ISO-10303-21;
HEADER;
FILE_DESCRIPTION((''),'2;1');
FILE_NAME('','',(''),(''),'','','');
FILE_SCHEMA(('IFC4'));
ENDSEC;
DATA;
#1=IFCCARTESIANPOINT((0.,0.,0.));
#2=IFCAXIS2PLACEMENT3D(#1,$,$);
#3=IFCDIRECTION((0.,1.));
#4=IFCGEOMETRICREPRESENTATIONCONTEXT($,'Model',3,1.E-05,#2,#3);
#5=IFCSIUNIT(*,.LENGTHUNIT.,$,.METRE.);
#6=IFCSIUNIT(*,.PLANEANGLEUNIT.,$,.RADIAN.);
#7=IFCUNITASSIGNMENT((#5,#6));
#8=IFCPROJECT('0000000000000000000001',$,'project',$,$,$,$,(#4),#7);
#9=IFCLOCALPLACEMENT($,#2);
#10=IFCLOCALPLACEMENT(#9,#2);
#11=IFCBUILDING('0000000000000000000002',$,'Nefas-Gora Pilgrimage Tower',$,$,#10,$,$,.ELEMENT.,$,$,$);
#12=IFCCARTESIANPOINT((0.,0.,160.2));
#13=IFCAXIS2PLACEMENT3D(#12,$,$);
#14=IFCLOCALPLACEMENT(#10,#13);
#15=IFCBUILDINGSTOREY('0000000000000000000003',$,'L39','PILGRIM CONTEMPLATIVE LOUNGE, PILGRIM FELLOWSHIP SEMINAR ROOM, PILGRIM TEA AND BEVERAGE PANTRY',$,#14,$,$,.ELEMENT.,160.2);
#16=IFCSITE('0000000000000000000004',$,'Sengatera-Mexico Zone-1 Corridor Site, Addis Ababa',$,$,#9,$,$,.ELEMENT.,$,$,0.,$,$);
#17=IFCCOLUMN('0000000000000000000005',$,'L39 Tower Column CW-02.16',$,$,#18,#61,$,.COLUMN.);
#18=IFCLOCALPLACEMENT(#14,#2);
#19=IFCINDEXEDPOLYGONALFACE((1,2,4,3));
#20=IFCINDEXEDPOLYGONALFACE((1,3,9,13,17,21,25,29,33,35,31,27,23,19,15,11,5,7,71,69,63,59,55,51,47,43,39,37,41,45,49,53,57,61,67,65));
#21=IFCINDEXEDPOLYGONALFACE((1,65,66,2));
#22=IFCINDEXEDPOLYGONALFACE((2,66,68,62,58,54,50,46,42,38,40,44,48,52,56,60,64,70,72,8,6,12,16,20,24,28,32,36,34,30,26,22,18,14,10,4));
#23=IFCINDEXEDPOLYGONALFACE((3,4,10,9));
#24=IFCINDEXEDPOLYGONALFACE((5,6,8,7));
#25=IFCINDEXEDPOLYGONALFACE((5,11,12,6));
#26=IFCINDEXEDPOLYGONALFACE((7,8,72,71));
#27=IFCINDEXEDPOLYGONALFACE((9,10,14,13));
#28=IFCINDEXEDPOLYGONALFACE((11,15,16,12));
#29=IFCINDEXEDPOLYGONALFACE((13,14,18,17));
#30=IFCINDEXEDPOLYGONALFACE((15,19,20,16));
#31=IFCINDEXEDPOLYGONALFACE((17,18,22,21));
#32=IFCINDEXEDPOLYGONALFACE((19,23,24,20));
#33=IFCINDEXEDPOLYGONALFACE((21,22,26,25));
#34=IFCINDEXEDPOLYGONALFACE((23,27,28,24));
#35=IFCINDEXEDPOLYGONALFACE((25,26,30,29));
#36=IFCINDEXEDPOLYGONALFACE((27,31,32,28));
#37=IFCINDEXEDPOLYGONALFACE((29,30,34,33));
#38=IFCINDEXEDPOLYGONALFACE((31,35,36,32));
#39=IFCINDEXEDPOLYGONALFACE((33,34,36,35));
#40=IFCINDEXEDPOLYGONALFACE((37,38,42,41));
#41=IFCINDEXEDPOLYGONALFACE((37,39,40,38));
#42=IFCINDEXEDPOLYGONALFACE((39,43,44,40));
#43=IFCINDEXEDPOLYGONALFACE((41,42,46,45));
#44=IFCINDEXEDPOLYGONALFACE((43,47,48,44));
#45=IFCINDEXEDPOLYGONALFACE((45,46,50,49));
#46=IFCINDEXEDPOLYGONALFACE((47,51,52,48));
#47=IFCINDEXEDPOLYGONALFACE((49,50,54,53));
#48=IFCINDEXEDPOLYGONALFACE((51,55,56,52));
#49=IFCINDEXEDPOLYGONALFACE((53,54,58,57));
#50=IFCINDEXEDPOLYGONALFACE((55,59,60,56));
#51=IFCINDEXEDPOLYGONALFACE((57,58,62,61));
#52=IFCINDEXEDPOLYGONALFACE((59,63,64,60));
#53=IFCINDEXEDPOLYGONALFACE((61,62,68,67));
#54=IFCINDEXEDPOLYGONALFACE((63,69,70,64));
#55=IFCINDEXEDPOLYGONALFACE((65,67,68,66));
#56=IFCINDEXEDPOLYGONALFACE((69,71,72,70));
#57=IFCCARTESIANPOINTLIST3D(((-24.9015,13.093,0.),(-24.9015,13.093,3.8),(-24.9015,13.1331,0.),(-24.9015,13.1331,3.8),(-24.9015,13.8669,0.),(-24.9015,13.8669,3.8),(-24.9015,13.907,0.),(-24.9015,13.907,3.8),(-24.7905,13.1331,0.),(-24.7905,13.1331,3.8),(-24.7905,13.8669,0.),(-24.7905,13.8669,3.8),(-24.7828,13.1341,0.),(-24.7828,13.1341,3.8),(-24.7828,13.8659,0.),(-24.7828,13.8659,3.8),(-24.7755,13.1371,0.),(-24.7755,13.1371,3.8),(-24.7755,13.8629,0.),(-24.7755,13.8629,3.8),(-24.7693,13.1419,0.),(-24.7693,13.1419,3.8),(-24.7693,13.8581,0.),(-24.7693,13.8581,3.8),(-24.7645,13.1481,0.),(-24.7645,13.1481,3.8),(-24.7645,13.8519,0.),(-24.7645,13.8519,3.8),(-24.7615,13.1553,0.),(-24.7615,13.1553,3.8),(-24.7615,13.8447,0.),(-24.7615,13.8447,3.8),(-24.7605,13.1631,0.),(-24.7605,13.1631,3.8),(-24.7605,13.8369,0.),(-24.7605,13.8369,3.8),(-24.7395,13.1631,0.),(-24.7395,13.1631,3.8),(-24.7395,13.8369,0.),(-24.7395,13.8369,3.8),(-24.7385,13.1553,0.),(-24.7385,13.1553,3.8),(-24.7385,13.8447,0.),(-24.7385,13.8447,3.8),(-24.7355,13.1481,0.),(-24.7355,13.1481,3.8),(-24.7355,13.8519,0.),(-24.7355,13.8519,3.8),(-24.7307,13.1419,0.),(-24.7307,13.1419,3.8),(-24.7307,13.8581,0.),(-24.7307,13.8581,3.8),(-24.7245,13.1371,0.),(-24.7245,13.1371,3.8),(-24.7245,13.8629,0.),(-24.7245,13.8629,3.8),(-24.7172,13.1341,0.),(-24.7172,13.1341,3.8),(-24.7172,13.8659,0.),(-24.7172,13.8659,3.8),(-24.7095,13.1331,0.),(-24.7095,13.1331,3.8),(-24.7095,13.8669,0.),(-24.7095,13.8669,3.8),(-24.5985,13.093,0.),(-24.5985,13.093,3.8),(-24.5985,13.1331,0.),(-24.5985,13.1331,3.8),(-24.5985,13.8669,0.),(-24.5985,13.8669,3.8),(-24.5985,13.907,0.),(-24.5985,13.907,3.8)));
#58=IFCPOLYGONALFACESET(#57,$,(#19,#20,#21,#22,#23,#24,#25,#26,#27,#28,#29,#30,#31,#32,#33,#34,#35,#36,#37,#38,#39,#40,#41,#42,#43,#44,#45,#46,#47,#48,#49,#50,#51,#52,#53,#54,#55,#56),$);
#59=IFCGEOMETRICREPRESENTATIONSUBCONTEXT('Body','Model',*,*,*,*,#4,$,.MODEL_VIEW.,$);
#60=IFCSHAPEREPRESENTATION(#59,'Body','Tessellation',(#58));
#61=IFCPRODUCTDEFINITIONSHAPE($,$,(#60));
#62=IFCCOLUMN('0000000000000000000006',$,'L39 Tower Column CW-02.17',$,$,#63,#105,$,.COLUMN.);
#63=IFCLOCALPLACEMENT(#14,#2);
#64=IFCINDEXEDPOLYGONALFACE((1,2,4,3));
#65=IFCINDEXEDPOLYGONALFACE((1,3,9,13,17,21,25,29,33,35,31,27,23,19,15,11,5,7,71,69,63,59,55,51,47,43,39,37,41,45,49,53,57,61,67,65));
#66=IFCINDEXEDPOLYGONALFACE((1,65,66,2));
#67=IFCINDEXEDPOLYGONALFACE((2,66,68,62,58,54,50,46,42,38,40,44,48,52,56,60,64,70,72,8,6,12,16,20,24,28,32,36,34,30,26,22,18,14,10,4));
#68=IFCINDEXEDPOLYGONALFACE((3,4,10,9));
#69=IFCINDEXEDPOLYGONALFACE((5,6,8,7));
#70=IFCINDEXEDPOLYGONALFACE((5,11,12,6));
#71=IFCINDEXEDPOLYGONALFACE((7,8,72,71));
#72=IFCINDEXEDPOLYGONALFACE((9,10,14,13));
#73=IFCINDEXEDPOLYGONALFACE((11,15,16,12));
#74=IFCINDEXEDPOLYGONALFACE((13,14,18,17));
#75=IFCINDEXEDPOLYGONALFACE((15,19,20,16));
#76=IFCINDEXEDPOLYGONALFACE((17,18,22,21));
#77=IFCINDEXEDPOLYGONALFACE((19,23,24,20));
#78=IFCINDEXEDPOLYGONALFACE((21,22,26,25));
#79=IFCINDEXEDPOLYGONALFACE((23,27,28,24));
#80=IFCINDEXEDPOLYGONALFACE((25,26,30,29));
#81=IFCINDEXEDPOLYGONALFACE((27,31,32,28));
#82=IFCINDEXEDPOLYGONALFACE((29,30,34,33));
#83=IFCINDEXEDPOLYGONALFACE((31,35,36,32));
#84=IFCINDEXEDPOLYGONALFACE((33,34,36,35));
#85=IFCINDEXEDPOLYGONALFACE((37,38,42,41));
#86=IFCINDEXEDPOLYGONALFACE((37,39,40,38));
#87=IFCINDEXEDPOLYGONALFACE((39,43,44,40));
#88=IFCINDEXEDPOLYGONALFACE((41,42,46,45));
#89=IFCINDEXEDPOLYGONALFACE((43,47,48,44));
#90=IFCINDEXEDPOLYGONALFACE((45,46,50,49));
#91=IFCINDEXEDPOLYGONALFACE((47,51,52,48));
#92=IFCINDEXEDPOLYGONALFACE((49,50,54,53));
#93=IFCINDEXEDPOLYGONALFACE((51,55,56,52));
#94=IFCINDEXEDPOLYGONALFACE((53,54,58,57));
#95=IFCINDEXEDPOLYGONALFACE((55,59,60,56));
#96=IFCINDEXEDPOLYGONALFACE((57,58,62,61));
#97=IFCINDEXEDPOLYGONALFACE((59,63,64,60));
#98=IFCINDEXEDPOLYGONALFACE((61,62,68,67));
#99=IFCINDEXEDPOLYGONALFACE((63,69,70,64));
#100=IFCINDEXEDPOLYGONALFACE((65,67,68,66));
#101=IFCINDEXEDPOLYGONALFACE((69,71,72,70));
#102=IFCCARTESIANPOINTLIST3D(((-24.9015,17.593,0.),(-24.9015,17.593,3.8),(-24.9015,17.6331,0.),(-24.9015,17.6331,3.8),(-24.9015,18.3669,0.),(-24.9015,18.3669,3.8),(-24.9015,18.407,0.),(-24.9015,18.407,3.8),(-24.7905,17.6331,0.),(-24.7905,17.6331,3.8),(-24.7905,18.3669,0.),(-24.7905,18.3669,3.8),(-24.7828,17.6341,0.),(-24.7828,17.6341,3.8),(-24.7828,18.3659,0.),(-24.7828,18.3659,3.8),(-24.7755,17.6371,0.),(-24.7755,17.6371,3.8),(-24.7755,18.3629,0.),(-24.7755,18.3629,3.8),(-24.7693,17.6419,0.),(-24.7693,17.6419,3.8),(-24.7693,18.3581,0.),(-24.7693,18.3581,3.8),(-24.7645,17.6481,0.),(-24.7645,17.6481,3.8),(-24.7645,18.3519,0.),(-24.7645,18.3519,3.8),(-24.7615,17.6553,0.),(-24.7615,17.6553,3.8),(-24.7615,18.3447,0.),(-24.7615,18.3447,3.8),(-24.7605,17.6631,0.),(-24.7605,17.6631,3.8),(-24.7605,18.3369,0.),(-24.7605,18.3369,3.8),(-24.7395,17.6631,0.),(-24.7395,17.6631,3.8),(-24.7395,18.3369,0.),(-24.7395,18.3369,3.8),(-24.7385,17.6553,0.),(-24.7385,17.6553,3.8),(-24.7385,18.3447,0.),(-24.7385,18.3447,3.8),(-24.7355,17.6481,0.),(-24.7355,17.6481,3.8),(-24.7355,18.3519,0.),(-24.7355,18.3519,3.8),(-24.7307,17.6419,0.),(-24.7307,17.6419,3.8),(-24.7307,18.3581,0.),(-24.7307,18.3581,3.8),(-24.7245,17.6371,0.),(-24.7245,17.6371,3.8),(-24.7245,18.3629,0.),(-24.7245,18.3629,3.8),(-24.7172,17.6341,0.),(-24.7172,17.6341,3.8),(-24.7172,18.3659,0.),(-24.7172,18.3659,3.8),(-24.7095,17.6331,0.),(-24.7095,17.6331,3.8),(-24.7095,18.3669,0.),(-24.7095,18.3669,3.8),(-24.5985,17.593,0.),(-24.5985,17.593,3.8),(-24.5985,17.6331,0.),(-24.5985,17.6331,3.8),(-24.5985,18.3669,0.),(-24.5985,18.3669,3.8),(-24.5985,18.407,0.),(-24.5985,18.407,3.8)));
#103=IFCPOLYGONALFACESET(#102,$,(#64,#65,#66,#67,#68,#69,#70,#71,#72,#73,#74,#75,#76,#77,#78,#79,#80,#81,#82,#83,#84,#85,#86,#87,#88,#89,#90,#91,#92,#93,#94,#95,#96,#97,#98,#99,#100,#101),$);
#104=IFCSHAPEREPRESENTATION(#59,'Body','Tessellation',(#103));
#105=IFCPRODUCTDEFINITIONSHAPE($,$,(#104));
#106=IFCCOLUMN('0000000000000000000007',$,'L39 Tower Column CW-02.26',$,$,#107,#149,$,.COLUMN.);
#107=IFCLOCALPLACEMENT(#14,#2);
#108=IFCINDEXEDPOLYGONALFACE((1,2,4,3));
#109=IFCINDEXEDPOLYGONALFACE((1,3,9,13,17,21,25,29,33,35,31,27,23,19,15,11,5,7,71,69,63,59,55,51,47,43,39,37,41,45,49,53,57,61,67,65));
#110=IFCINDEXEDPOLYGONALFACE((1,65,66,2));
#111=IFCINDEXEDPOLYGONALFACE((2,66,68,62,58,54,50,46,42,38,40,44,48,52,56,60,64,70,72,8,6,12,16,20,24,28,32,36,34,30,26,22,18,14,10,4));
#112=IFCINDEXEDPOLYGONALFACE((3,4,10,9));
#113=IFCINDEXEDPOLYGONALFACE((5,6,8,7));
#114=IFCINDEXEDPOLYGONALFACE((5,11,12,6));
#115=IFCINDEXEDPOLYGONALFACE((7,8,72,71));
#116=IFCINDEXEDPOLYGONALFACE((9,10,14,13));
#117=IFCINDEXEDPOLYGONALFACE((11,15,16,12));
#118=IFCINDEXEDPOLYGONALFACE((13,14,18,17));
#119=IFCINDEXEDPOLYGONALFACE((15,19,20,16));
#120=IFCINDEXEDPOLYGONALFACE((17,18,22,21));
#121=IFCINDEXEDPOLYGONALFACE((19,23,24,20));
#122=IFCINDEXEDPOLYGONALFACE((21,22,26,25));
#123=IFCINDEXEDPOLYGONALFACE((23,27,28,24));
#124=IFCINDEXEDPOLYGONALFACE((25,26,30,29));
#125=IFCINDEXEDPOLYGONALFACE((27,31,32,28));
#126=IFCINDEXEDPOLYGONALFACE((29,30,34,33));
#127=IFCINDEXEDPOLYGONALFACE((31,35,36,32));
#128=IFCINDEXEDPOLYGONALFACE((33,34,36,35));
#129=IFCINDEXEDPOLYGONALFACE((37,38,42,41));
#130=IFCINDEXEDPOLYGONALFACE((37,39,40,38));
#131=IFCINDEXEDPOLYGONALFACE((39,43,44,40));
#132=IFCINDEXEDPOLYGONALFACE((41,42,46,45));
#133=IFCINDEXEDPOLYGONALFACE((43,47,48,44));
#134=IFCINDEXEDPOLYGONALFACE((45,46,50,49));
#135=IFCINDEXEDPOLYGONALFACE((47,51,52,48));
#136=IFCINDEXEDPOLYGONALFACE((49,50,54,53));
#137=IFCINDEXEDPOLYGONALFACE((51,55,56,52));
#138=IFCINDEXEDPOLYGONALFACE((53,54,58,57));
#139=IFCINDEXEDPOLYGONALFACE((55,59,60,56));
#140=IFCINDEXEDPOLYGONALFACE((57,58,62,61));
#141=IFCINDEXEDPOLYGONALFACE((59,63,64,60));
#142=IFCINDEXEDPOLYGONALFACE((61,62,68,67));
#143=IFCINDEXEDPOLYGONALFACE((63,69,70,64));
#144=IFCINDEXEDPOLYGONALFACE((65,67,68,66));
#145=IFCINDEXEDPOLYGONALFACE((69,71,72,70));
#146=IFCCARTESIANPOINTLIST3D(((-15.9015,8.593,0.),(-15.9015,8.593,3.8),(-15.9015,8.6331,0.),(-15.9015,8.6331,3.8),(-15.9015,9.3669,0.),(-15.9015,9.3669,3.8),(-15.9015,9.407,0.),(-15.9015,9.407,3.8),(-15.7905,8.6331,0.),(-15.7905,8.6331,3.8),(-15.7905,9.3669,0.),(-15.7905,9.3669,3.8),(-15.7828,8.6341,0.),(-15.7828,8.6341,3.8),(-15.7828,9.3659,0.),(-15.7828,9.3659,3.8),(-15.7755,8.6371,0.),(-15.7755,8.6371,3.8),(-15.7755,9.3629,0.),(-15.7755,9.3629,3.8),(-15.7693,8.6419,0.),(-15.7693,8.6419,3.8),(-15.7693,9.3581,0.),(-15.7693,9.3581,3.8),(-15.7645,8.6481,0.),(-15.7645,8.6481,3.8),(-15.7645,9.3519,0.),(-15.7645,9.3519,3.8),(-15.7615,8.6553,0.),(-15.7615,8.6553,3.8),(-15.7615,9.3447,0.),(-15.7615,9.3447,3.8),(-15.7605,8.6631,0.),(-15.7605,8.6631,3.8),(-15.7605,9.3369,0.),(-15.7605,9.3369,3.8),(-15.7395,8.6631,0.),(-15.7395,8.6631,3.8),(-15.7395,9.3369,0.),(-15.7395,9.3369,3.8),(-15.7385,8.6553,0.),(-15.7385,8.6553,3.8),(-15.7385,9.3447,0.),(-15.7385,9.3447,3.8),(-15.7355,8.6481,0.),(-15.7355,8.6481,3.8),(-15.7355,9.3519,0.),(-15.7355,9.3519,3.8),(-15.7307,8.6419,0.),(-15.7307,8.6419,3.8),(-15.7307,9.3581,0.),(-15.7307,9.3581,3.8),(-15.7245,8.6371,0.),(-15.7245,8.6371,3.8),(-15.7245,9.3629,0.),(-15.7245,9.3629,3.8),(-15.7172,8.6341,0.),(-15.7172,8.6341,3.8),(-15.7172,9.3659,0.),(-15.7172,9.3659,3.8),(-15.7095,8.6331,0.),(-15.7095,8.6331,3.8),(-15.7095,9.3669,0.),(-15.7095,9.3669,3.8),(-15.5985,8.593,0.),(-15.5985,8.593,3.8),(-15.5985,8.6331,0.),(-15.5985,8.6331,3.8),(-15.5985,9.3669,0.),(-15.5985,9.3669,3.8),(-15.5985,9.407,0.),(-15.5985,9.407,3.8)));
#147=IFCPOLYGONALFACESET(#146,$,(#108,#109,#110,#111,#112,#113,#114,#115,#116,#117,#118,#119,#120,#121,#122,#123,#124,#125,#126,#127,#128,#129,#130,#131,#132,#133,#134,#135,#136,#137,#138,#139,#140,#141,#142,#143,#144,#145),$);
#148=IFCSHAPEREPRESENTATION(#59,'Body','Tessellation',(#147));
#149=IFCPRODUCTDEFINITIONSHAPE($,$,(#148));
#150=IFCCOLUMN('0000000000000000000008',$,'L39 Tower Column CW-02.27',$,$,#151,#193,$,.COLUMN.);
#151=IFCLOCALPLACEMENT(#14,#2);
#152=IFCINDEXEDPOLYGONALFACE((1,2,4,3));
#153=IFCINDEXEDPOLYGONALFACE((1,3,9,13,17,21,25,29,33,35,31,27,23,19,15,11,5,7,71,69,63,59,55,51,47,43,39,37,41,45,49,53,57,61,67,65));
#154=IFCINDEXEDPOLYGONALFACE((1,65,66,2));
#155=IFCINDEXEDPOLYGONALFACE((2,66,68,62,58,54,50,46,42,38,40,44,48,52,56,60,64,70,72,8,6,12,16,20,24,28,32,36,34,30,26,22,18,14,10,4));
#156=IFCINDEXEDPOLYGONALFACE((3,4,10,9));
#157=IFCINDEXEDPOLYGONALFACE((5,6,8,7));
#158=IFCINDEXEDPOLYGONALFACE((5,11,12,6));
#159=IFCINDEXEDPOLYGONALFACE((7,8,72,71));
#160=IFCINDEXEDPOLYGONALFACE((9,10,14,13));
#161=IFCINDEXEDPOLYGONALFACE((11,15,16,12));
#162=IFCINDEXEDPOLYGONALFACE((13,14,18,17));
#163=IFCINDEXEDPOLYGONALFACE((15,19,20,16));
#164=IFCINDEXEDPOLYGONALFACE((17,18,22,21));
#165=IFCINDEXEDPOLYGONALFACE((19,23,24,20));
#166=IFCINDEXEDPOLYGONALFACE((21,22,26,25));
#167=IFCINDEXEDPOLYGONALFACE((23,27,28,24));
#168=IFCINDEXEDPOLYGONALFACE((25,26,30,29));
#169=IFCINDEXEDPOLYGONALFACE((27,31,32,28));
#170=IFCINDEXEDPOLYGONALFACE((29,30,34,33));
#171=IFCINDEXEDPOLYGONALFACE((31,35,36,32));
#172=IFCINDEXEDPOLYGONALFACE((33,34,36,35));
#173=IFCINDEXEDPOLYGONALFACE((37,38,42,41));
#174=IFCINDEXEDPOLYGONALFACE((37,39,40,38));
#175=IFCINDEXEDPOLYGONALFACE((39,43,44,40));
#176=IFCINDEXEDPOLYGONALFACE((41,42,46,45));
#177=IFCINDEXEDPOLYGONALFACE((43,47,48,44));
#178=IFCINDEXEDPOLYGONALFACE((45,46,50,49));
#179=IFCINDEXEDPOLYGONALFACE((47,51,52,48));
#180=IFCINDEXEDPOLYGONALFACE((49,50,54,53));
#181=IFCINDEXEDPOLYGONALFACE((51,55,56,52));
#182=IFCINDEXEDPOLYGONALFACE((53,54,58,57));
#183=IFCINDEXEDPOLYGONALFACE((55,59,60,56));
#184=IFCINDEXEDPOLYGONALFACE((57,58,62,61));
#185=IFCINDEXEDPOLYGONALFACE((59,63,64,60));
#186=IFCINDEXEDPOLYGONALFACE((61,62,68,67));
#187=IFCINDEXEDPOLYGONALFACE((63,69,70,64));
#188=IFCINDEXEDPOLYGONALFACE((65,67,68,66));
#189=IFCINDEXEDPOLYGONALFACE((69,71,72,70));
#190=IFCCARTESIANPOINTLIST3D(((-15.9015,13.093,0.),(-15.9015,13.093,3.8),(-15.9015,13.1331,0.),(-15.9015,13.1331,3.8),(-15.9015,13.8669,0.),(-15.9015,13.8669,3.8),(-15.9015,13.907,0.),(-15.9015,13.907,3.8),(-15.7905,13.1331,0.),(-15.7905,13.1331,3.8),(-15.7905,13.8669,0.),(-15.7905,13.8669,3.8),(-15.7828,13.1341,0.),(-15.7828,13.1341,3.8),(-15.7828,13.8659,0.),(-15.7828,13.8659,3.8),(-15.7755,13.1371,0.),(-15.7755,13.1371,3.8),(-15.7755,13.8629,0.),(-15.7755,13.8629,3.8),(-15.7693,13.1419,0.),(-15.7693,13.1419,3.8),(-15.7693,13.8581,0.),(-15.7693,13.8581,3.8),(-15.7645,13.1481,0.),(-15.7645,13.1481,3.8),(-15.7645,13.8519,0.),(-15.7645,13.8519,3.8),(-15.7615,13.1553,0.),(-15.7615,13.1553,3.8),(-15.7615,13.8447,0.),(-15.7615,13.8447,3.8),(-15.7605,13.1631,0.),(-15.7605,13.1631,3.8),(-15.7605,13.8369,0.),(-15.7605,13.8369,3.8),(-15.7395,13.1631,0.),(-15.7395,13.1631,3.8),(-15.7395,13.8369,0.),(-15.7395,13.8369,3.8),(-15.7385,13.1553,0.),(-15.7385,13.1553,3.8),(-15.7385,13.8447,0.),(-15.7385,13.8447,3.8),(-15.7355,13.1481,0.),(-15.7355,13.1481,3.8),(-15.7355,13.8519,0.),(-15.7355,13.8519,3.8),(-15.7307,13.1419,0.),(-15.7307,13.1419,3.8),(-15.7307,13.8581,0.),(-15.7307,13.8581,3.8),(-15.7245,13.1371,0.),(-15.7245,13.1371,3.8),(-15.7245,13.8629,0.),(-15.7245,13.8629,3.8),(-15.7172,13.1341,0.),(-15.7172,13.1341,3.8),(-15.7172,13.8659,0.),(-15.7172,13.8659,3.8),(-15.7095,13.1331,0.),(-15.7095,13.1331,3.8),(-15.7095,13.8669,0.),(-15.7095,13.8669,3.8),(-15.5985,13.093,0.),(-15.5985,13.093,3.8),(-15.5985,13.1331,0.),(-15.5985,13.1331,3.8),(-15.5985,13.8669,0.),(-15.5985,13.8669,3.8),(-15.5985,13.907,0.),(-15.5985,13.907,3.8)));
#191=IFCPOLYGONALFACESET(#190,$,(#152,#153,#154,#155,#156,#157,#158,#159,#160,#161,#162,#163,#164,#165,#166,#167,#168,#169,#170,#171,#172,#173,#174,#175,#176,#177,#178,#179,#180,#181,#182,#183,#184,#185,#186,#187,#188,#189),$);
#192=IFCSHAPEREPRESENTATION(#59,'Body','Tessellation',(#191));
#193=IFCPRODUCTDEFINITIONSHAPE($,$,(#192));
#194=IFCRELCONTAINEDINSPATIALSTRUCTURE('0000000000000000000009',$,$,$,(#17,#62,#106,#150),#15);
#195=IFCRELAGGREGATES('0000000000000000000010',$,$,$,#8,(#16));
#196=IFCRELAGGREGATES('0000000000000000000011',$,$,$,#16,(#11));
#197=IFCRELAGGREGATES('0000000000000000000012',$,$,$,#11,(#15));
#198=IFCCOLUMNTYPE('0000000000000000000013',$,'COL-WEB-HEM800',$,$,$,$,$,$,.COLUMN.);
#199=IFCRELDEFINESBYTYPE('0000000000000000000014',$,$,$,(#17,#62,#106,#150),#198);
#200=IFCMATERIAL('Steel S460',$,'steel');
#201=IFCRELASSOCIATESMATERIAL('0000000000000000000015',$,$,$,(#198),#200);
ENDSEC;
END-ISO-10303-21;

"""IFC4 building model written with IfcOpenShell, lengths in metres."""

from ifc_helpers import new_model, si_unit, direction, frame, origin, origin_2d, place, context, subcontext, project, spatial, i_section, extrude, source, transform, mapped, material, material_profile, profile_set, type_object, element, save


model = new_model("IFC4")

# Units and contexts
model_context = context("Model", 3, precision=1e-05, world=origin(), true_north=direction((0.0, 1.0)))
body_context = subcontext(model_context, "Body", "Model", "MODEL_VIEW")
ifc_project = project(units=[si_unit("LENGTHUNIT", "METRE"), si_unit("PLANEANGLEUNIT", "RADIAN")], contexts=[model_context])

# Site, building, storey
site_placement = place(None, origin())
site = spatial("IfcSite", under=ifc_project, at=site_placement, Name="Sengatera-Mexico Zone-1 Corridor Site, Addis Ababa", CompositionType="ELEMENT", RefElevation=0.0)
building_placement = place(site_placement, origin())
building = spatial("IfcBuilding", under=site, at=building_placement, Name="Nefas-Gora Pilgrimage Tower", CompositionType="ELEMENT")
storey_placement = place(building_placement, frame((0.0, 0.0, 160.2)))
storey = spatial("IfcBuildingStorey", under=building, at=storey_placement, Name="L39", Description="PILGRIM CONTEMPLATIVE LOUNGE, PILGRIM FELLOWSHIP SEMINAR ROOM, PILGRIM TEA AND BEVERAGE PANTRY", CompositionType="ELEMENT", Elevation=160.2)

# Columns
ifc_material_1 = material(Name="Steel S460", Category="steel")
ifc_material_profile_1 = material_profile(ifc_material_1, i_section(OverallWidth=0.303, OverallDepth=0.814, WebThickness=0.021, FlangeThickness=0.04, FilletRadius=0.03, at=origin_2d()), Name="HEM 800")
ifc_profile_set_1 = profile_set([ifc_material_profile_1], Name="Steel S460")
column_type_1 = type_object("IfcColumnType", Name="COL-WEB-HEM800", PredefinedType="COLUMN", material=ifc_profile_set_1)
shared_shape_1 = source(origin(), body_context, "Body", "SweptSolid", [
    extrude(i_section(OverallWidth=0.303, OverallDepth=0.814, WebThickness=0.021, FlangeThickness=0.04, FilletRadius=0.03, at=origin_2d()), origin(), (0.0, 0.0, 1.0), 3.8),
])
for number, where, z_axis, x_axis, name in (
    (1, (-24.75, 13.5, 0.0), (0.0, 0.0, 1.0), (1.0, 0.0, 0.0), "L39 Tower Column CW-02.16"),
    (2, (-24.75, 18.0, 0.0), (0.0, 0.0, 1.0), (1.0, 0.0, 0.0), "L39 Tower Column CW-02.17"),
    (3, (-15.75, 9.0, 0.0), (0.0, 0.0, 1.0), (1.0, 0.0, 0.0), "L39 Tower Column CW-02.26"),
    (4, (-15.75, 13.5, 0.0), (0.0, 0.0, 1.0), (1.0, 0.0, 0.0), "L39 Tower Column CW-02.27"),
):
    element("IfcColumn", number, at=place(storey_placement, frame(where, z_axis=z_axis, x_axis=x_axis)), inside=storey, type_object=column_type_1, Name=name, PredefinedType="COLUMN", context=body_context, shape_type="MappedRepresentation", body=[
        mapped(shared_shape_1, transform((0.0, 0.0, 0.0), x_axis=(1.0, 0.0, 0.0), y_axis=(0.0, 1.0, 0.0), z_axis=(0.0, 0.0, 1.0), scale=1.0)),
    ])

save(model, "model.ifc")
